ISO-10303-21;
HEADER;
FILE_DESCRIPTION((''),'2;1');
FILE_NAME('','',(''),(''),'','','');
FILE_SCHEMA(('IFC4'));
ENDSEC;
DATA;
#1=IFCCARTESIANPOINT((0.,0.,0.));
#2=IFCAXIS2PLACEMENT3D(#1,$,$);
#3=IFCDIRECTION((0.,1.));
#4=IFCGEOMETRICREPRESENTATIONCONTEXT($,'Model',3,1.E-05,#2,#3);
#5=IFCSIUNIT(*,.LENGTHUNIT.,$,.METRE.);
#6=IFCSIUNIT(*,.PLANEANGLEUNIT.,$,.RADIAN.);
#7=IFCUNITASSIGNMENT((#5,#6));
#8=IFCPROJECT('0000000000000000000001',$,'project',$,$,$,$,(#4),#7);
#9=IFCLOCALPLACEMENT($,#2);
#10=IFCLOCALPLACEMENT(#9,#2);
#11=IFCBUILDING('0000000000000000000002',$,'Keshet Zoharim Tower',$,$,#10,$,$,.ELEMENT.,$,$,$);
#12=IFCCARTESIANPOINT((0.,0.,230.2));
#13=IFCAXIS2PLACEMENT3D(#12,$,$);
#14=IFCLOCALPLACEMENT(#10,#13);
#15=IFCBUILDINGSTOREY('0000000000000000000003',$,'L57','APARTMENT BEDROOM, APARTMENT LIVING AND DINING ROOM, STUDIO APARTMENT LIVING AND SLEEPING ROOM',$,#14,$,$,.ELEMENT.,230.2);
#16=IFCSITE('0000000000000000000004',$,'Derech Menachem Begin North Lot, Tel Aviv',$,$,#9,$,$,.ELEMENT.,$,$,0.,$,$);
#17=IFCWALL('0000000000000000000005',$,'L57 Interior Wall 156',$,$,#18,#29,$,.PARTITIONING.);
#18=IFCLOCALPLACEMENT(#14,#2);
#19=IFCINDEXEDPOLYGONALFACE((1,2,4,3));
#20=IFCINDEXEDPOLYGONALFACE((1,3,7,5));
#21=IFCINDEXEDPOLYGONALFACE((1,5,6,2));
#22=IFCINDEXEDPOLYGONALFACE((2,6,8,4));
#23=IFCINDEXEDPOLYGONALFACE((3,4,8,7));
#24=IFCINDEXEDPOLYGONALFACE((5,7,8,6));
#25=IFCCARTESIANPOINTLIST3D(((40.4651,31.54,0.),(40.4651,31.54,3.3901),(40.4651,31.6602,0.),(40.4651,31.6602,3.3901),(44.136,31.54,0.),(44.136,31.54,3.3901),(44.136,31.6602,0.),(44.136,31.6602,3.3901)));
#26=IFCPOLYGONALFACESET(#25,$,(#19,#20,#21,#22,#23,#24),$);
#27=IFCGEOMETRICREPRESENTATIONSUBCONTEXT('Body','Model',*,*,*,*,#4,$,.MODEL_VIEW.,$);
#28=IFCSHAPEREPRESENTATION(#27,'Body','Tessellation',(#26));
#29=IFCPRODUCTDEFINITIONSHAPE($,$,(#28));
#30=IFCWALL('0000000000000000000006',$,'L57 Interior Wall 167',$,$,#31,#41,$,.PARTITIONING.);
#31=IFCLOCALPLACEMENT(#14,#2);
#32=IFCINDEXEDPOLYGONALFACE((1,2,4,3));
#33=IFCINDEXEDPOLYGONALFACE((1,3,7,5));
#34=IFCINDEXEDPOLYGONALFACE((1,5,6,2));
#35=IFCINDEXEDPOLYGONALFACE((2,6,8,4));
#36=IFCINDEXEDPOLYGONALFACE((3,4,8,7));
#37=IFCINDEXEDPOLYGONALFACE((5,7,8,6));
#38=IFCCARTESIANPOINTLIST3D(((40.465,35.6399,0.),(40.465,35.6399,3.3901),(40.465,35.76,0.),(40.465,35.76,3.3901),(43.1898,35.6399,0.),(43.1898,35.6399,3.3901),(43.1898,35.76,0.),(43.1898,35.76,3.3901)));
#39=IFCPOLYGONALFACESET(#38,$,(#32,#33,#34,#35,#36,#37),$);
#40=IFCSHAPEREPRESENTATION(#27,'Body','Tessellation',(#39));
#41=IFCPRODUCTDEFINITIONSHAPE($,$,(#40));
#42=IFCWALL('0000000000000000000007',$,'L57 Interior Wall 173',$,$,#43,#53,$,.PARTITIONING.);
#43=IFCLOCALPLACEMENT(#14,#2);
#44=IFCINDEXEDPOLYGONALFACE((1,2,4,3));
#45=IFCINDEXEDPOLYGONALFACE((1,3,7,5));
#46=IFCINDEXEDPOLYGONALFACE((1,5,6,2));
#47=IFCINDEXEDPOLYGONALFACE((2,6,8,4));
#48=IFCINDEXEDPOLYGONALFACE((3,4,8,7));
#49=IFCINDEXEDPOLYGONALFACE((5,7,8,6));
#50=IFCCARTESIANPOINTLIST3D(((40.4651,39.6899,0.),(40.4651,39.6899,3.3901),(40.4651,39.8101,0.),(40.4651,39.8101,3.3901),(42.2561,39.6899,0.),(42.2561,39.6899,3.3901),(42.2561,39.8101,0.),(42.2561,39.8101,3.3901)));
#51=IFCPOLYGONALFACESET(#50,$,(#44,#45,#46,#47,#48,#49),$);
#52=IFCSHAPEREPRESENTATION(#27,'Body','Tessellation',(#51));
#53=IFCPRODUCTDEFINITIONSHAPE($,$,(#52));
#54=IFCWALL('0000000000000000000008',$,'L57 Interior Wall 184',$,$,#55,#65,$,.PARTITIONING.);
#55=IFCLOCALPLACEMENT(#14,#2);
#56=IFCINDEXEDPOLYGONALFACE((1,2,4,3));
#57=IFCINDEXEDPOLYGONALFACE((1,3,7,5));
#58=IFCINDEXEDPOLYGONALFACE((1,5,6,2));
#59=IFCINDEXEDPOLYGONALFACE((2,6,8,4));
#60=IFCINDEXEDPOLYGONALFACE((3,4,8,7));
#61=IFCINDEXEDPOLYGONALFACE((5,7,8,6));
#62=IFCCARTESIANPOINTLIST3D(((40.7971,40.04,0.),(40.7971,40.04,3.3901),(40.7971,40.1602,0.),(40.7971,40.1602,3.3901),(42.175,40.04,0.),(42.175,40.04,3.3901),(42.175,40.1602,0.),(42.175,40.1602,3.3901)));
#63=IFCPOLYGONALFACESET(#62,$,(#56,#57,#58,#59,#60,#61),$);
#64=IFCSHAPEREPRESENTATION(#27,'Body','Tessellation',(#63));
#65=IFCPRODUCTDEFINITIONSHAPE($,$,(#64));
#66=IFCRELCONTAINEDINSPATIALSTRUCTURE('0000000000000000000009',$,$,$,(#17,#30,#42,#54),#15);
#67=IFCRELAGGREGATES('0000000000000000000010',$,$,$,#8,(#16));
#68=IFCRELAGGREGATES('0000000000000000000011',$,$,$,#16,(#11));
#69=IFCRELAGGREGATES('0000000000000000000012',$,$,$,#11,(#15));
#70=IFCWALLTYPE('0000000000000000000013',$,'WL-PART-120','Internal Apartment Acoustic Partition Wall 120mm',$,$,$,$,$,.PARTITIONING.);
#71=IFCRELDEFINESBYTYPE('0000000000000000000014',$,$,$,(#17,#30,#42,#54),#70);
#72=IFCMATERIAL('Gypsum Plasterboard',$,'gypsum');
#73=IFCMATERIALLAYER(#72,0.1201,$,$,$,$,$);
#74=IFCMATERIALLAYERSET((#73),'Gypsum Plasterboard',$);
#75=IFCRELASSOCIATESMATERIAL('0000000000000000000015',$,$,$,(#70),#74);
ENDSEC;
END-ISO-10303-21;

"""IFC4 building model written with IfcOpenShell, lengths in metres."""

from ifc_helpers import new_model, si_unit, direction, frame, frame_2d, origin, place, context, subcontext, project, spatial, rectangle, extrude, material, layer, layer_set, type_object, element, save


model = new_model("IFC4")

# Units and contexts
model_context = context("Model", 3, precision=1e-05, world=origin(), true_north=direction((0.0, 1.0)))
body_context = subcontext(model_context, "Body", "Model", "MODEL_VIEW")
ifc_project = project(units=[si_unit("LENGTHUNIT", "METRE"), si_unit("PLANEANGLEUNIT", "RADIAN")], contexts=[model_context])

# Site, building, storey
site_placement = place(None, origin())
site = spatial("IfcSite", under=ifc_project, at=site_placement, Name="Derech Menachem Begin North Lot, Tel Aviv", CompositionType="ELEMENT", RefElevation=0.0)
building_placement = place(site_placement, origin())
building = spatial("IfcBuilding", under=site, at=building_placement, Name="Keshet Zoharim Tower", CompositionType="ELEMENT")
storey_placement = place(building_placement, frame((0.0, 0.0, 230.2)))
storey = spatial("IfcBuildingStorey", under=building, at=storey_placement, Name="L57", Description="APARTMENT BEDROOM, APARTMENT LIVING AND DINING ROOM, STUDIO APARTMENT LIVING AND SLEEPING ROOM", CompositionType="ELEMENT", Elevation=230.2)

# Walls
ifc_material_1 = material(Name="Gypsum Plasterboard", Category="gypsum")
ifc_layer_1 = layer(ifc_material_1, 0.1201)
ifc_layer_set_1 = layer_set([ifc_layer_1], Name="Gypsum Plasterboard")
wall_type = type_object("IfcWallType", Name="WL-PART-120", Description="Internal Apartment Acoustic Partition Wall 120mm", PredefinedType="PARTITIONING", material=ifc_layer_set_1)
wall_1_placement = place(storey_placement, frame((40.4651, 31.6001, 0.0), z_axis=(0.0, 0.0, 1.0), x_axis=(1.0, 0.0, 0.0)))
element("IfcWall", 1, at=wall_1_placement, inside=storey, type_object=wall_type, Name="L57 Interior Wall 156", PredefinedType="PARTITIONING", context=body_context, shape_type="SweptSolid", body=[
    extrude(rectangle(XDim=3.6709, YDim=0.1201, at=frame_2d((1.8354, 0.0))), origin(), (0.0, 0.0, 1.0), 3.3901),
])
wall_2_placement = place(storey_placement, frame((40.4651, 35.7, 0.0), z_axis=(0.0, 0.0, 1.0), x_axis=(1.0, 0.0, 0.0)))
element("IfcWall", 2, at=wall_2_placement, inside=storey, type_object=wall_type, Name="L57 Interior Wall 167", PredefinedType="PARTITIONING", context=body_context, shape_type="SweptSolid", body=[
    extrude(rectangle(XDim=2.7249, YDim=0.1201, at=frame_2d((1.3623, 0.0))), origin(), (0.0, 0.0, 1.0), 3.3901),
])
wall_3_placement = place(storey_placement, frame((40.4651, 39.75, 0.0), z_axis=(0.0, 0.0, 1.0), x_axis=(1.0, 0.0, 0.0)))
element("IfcWall", 3, at=wall_3_placement, inside=storey, type_object=wall_type, Name="L57 Interior Wall 173", PredefinedType="PARTITIONING", context=body_context, shape_type="SweptSolid", body=[
    extrude(rectangle(XDim=1.791, YDim=0.1201, at=frame_2d((0.8955, 0.0))), origin(), (0.0, 0.0, 1.0), 3.3901),
])
wall_4_placement = place(storey_placement, frame((40.7971, 40.1001, 0.0), z_axis=(0.0, 0.0, 1.0), x_axis=(1.0, 0.0, 0.0)))
element("IfcWall", 4, at=wall_4_placement, inside=storey, type_object=wall_type, Name="L57 Interior Wall 184", PredefinedType="PARTITIONING", context=body_context, shape_type="SweptSolid", body=[
    extrude(rectangle(XDim=1.3779, YDim=0.1201, at=frame_2d((0.689, 0.0))), origin(), (0.0, 0.0, 1.0), 3.3901),
])

save(model, "model.ifc")
